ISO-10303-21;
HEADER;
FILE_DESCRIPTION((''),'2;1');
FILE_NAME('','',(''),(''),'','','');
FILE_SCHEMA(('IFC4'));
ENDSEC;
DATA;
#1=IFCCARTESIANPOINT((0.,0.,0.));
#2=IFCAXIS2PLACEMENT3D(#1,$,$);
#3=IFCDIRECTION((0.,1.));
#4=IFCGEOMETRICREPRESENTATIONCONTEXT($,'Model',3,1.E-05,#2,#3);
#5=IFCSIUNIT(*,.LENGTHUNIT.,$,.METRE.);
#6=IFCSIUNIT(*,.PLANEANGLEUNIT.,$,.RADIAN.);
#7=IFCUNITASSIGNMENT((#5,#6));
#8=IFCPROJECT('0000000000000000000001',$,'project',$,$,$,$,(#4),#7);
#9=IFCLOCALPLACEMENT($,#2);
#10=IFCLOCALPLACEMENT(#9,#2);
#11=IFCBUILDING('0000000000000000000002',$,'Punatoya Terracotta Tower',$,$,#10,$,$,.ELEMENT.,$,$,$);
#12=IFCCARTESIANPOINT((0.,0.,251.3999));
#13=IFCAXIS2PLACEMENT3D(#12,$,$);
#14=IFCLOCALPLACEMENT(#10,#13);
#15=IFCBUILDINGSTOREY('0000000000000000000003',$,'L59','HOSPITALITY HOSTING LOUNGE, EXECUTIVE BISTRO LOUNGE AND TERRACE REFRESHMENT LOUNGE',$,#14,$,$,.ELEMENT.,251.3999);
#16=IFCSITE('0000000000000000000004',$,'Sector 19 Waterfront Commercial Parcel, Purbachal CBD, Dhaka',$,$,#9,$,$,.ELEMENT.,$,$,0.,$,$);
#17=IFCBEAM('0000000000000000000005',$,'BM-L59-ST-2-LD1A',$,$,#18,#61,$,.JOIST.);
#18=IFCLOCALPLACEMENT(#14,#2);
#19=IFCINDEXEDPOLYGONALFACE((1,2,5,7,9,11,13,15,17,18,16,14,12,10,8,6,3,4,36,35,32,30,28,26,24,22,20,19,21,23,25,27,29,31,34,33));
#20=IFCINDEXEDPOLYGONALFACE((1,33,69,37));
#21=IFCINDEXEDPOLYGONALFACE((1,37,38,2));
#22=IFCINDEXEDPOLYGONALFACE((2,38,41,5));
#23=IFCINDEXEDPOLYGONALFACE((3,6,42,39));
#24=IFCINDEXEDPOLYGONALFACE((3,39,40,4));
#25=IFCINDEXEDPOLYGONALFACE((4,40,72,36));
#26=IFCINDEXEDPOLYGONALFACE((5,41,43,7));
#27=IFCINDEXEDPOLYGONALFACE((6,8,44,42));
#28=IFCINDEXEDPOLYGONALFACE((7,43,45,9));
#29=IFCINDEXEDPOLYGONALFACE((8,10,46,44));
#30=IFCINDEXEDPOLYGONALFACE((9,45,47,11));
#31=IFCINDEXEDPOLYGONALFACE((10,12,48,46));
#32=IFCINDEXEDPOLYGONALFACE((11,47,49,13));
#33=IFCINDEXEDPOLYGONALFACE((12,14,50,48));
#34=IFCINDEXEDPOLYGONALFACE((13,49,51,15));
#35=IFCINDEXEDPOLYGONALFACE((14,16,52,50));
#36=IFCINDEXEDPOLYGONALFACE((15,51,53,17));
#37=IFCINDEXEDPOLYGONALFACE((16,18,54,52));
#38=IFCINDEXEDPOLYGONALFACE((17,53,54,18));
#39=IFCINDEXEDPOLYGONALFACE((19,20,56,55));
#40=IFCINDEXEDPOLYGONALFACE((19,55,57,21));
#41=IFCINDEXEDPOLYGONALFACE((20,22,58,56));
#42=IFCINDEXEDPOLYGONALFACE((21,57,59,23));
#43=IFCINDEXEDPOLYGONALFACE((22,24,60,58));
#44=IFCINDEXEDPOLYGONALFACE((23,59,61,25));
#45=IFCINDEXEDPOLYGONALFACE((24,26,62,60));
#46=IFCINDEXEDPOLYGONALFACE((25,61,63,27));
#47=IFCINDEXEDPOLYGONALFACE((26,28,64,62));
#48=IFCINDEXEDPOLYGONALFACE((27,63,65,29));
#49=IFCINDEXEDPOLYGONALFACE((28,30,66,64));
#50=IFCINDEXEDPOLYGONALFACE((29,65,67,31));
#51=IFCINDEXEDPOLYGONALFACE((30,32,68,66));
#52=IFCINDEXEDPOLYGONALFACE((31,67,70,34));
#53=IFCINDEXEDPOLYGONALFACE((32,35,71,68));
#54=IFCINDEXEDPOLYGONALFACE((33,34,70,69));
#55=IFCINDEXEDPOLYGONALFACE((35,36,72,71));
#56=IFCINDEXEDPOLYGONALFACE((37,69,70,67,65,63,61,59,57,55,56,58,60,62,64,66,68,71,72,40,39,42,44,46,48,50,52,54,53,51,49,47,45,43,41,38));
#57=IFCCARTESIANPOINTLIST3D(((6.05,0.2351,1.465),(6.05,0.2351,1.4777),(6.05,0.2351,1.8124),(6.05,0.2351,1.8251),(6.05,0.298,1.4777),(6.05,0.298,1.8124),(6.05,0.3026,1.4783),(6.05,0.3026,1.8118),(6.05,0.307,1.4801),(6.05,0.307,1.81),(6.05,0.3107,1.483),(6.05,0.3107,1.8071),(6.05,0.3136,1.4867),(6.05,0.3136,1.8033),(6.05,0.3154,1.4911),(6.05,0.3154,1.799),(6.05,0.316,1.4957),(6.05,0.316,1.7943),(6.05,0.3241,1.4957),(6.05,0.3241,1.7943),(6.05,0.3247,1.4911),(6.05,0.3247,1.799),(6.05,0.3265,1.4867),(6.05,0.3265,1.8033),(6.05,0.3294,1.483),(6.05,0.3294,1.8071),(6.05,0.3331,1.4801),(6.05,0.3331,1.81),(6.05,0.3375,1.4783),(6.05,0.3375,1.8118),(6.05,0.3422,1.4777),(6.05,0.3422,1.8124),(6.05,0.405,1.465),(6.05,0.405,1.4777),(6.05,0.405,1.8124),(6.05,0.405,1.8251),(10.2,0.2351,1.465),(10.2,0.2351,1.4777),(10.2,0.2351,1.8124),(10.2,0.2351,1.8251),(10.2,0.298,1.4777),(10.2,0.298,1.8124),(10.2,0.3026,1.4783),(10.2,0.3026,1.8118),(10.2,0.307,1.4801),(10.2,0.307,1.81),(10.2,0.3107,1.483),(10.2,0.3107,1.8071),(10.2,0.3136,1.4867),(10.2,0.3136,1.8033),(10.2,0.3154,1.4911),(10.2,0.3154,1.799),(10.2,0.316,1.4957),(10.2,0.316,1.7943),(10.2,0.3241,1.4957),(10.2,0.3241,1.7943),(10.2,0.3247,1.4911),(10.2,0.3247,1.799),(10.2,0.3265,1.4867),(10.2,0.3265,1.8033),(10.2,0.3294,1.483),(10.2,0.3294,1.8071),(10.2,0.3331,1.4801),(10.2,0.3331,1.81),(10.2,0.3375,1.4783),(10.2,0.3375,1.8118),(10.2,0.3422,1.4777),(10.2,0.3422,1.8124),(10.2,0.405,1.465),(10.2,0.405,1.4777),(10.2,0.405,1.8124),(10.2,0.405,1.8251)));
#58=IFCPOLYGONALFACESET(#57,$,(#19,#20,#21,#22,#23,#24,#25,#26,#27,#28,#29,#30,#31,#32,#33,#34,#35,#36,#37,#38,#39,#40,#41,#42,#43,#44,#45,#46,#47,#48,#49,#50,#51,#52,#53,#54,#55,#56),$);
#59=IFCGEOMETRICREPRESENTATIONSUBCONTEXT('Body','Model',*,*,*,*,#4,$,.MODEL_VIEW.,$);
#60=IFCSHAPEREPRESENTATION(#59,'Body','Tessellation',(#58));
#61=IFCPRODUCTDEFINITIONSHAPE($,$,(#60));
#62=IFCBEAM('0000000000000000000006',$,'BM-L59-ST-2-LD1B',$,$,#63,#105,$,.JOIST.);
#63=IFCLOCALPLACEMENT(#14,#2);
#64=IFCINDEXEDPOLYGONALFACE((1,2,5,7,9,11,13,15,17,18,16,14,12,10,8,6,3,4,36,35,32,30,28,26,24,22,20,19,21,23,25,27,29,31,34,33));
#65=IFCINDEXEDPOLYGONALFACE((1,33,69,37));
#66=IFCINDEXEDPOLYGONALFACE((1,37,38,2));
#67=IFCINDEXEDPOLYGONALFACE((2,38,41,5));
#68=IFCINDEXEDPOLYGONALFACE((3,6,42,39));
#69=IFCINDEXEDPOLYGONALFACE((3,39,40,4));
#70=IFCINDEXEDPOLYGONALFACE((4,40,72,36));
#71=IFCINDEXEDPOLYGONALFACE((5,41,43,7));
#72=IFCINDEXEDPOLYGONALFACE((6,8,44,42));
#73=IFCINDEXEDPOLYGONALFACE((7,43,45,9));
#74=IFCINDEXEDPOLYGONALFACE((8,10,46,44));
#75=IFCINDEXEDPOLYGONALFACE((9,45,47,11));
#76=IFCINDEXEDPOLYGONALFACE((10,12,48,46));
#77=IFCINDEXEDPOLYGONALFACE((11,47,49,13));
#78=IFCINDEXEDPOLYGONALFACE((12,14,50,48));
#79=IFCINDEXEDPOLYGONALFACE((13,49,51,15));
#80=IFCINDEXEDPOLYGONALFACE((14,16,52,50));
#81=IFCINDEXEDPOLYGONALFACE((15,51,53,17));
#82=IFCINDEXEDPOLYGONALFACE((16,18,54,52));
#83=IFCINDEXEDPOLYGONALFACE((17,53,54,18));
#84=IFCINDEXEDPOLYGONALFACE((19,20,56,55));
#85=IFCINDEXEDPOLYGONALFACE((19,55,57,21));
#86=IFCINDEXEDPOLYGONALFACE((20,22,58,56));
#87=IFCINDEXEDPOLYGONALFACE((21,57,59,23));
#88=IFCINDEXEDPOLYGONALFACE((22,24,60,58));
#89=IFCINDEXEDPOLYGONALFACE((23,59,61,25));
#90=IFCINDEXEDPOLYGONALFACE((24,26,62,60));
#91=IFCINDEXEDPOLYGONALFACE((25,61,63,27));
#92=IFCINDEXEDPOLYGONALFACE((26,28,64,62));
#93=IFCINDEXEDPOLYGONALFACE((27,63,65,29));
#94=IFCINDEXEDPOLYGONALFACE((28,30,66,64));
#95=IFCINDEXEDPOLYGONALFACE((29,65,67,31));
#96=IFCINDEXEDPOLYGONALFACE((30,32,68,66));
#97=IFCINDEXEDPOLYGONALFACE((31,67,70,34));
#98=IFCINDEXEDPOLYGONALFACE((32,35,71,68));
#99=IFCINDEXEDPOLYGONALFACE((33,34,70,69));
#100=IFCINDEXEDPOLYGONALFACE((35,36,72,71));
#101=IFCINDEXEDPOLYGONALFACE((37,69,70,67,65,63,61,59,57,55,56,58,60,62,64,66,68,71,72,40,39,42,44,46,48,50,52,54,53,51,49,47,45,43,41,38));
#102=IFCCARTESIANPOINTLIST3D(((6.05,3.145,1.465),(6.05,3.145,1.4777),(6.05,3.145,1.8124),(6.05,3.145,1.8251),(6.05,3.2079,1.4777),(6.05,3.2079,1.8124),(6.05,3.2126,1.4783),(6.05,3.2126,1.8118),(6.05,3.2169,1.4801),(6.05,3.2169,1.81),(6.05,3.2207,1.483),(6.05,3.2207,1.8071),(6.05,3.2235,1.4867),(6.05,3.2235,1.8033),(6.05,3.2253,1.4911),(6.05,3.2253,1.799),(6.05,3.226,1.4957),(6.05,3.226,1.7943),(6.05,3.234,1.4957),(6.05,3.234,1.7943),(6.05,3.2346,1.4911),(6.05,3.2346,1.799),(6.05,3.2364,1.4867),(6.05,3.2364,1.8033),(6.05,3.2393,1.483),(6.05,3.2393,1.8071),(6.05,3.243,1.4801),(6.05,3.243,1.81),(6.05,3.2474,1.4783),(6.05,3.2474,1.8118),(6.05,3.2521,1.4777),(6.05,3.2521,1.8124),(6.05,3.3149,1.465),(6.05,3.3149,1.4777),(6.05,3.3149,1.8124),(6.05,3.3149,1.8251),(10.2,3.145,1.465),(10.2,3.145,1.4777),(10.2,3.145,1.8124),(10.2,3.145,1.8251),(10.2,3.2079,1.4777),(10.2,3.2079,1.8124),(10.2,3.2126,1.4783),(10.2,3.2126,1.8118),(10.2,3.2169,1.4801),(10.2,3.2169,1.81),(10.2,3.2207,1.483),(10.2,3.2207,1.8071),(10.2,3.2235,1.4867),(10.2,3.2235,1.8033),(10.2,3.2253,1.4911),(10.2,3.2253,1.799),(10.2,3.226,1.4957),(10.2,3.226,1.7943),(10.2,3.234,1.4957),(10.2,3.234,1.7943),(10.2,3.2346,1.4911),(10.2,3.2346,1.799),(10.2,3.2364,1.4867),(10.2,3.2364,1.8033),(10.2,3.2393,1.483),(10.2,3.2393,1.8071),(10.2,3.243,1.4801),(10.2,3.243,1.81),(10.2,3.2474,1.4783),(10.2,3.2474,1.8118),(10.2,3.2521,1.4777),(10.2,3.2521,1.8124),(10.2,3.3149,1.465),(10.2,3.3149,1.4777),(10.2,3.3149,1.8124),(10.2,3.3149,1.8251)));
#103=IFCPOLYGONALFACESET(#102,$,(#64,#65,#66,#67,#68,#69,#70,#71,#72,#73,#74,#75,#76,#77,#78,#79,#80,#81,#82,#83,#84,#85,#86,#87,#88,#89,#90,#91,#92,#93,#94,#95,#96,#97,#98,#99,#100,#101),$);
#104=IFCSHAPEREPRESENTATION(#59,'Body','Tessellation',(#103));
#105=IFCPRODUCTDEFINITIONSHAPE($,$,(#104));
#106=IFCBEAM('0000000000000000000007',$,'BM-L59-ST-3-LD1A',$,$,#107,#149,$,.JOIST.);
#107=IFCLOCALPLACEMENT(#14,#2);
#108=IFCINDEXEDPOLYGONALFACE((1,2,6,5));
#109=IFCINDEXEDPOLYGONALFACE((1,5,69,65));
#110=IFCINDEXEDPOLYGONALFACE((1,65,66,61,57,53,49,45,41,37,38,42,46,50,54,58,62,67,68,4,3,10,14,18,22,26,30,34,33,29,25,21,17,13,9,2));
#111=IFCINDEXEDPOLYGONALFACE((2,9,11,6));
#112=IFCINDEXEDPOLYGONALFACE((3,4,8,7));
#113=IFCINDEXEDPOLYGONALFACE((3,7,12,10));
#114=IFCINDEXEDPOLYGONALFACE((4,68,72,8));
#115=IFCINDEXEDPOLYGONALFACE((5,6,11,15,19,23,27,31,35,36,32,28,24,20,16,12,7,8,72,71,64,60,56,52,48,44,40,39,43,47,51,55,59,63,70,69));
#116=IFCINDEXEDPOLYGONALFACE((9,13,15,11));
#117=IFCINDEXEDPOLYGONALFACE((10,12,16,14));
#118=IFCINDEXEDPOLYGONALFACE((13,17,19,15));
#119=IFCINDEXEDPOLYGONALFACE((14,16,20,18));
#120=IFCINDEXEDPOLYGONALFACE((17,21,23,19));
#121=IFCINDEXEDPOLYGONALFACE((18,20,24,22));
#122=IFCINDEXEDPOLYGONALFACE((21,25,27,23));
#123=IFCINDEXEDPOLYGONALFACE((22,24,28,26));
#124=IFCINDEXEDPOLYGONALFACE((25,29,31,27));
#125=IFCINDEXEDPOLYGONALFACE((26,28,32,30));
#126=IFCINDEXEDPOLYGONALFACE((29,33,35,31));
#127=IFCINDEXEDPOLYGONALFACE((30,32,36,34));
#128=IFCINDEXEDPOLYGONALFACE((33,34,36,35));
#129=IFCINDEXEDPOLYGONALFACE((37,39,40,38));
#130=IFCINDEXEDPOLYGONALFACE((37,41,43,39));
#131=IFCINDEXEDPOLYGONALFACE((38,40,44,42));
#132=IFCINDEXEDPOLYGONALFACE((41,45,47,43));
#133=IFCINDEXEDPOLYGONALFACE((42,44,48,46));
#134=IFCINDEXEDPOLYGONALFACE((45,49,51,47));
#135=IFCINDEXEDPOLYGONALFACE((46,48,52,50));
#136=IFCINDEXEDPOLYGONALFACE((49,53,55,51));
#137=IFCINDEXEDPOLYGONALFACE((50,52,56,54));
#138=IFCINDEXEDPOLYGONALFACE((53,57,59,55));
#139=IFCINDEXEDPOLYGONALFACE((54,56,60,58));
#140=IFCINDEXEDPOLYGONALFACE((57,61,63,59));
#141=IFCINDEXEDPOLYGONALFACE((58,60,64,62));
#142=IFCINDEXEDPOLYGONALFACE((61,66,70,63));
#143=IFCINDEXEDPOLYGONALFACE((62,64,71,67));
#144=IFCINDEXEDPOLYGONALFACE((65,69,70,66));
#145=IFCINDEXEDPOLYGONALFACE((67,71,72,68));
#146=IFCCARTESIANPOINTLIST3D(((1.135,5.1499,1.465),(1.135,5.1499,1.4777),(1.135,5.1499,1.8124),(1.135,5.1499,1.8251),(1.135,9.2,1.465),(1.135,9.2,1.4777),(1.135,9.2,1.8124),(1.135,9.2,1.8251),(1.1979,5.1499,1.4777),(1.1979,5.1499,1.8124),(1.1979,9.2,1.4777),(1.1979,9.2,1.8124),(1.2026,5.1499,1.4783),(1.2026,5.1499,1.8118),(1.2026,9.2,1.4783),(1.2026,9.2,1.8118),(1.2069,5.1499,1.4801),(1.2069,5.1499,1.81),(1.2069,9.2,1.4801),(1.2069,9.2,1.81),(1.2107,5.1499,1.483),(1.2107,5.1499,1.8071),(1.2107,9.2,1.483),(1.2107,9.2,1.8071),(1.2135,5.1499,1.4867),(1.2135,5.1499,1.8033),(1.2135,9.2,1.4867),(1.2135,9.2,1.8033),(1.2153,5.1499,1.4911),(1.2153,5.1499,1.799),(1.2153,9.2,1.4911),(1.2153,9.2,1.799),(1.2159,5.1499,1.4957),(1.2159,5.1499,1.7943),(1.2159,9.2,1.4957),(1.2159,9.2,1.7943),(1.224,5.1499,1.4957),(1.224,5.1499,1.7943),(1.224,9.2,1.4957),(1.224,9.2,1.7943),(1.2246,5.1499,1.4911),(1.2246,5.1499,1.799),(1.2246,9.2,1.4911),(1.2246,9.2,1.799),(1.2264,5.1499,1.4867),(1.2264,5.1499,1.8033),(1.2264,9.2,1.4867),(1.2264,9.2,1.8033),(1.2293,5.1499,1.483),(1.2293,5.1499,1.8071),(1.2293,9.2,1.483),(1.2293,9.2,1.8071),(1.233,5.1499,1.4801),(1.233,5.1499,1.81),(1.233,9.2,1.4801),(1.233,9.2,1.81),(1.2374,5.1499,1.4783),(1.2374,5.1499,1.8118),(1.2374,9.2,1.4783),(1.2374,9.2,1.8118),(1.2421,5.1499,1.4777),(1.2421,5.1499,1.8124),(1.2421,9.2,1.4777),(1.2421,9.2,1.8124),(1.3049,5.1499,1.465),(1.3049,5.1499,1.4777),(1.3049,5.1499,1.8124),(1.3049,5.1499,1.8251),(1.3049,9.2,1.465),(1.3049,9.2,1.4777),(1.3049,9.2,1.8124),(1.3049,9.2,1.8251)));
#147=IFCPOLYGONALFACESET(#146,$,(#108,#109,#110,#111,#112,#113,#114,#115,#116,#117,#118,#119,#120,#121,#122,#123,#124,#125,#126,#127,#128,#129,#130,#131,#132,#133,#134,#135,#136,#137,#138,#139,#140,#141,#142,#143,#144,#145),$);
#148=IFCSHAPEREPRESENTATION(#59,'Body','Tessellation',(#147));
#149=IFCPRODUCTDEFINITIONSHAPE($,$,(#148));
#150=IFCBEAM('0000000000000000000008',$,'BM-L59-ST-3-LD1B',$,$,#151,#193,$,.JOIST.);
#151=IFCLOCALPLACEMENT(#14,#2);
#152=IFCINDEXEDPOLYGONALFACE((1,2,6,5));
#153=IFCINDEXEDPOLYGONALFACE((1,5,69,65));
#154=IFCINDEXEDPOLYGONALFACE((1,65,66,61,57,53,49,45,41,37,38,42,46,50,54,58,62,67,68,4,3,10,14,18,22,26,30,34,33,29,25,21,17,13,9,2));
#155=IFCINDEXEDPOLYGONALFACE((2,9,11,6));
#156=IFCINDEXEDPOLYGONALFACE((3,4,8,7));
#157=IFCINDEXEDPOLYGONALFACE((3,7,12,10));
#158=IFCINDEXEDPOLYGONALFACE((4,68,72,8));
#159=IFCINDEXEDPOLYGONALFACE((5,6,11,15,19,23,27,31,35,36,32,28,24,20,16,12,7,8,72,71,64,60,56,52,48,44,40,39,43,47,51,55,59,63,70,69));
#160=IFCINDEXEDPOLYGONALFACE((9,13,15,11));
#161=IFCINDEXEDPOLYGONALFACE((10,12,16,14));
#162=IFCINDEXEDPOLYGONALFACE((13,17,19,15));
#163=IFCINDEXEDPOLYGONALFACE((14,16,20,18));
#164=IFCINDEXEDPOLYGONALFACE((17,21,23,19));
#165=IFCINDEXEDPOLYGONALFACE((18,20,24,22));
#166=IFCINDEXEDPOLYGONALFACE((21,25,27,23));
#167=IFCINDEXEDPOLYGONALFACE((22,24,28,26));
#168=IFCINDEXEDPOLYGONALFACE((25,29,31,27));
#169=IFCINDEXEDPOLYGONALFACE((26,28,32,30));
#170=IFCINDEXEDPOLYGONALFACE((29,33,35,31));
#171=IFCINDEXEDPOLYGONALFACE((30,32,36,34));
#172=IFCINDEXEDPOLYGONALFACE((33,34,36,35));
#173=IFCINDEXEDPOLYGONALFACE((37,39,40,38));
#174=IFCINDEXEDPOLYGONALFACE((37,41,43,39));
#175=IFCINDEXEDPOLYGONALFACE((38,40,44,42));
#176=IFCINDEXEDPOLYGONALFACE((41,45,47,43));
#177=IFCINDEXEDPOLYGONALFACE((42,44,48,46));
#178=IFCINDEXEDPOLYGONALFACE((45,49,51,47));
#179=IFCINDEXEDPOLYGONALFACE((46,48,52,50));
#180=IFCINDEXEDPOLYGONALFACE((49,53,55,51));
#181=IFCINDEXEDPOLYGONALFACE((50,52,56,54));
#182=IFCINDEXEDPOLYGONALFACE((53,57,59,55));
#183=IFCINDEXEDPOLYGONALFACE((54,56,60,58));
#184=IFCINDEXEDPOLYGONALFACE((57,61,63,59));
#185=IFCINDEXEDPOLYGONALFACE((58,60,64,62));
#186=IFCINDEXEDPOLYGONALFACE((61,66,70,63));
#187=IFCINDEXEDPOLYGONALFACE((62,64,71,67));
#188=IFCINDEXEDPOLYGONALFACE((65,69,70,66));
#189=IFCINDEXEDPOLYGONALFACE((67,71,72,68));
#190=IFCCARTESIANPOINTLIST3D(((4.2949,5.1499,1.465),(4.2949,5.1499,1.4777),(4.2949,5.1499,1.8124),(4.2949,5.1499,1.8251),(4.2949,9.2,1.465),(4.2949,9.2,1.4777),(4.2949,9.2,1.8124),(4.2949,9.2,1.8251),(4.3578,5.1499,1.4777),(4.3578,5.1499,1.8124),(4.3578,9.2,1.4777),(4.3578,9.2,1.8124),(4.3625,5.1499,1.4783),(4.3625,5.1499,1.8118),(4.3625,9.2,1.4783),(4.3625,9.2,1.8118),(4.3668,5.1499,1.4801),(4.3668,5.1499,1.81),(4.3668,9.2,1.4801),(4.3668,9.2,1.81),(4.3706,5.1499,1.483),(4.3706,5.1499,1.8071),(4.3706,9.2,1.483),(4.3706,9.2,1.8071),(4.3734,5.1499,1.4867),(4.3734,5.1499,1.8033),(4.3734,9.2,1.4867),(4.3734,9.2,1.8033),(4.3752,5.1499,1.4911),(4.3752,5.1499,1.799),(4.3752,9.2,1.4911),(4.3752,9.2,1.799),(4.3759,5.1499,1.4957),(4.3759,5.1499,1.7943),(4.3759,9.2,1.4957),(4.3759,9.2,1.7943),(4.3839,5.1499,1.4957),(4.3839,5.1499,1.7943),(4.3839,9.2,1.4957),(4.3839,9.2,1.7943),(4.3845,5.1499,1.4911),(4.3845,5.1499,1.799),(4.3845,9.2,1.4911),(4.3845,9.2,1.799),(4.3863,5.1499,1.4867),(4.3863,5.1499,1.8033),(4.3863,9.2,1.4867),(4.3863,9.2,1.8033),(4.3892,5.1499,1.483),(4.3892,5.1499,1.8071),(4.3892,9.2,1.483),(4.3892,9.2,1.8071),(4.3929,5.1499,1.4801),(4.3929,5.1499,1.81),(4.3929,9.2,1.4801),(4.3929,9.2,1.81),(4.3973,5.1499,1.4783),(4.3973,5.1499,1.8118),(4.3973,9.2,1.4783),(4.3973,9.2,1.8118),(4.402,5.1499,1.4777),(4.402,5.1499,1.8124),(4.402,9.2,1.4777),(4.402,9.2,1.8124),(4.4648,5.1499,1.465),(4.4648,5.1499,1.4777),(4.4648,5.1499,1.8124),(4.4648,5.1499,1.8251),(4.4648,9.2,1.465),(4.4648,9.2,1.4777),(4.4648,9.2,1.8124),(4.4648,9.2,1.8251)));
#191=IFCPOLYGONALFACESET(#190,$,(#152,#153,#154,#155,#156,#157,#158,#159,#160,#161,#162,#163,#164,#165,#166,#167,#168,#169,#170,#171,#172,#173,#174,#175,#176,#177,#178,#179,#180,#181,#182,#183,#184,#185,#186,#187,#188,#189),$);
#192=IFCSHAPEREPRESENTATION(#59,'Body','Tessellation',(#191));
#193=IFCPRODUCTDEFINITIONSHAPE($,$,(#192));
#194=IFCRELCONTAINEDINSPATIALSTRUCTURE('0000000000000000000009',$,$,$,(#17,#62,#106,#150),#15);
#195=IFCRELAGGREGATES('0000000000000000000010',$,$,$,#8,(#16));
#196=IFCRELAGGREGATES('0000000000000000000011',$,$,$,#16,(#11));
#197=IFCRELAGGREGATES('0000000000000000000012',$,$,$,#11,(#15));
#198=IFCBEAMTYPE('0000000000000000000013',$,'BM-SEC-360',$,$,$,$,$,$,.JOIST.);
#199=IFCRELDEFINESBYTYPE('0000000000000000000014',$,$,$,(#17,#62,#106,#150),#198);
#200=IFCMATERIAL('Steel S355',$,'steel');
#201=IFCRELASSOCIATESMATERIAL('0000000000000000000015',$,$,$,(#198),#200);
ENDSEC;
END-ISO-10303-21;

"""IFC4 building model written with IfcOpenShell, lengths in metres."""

from ifc_helpers import new_model, si_unit, direction, frame, origin, origin_2d, place, context, subcontext, project, spatial, i_section, extrude, material, material_profile, profile_set, type_object, element, save


model = new_model("IFC4")

# Units and contexts
model_context = context("Model", 3, precision=1e-05, world=origin(), true_north=direction((0.0, 1.0)))
body_context = subcontext(model_context, "Body", "Model", "MODEL_VIEW")
ifc_project = project(units=[si_unit("LENGTHUNIT", "METRE"), si_unit("PLANEANGLEUNIT", "RADIAN")], contexts=[model_context])

# Site, building, storey
site_placement = place(None, origin())
site = spatial("IfcSite", under=ifc_project, at=site_placement, Name="Sector 19 Waterfront Commercial Parcel, Purbachal CBD, Dhaka", CompositionType="ELEMENT", RefElevation=0.0)
building_placement = place(site_placement, origin())
building = spatial("IfcBuilding", under=site, at=building_placement, Name="Punatoya Terracotta Tower", CompositionType="ELEMENT")
storey_placement = place(building_placement, frame((0.0, 0.0, 251.3999)))
storey = spatial("IfcBuildingStorey", under=building, at=storey_placement, Name="L59", Description="HOSPITALITY HOSTING LOUNGE, EXECUTIVE BISTRO LOUNGE AND TERRACE REFRESHMENT LOUNGE", CompositionType="ELEMENT", Elevation=251.3999)

# Beams
ifc_material_1 = material(Name="Steel S355", Category="steel")
ifc_material_profile_1 = material_profile(ifc_material_1, i_section(OverallWidth=0.1699, OverallDepth=0.3601, WebThickness=0.0081, FlangeThickness=0.0127, FilletRadius=0.0181, at=origin_2d()))
ifc_profile_set_1 = profile_set([ifc_material_profile_1], Name="Steel S355")
beam_type_1 = type_object("IfcBeamType", Name="BM-SEC-360", PredefinedType="JOIST", material=ifc_profile_set_1)
for number, where, z_axis, x_axis, name in (
    (1, (6.05, 0.3201, 1.645), (1.0, 0.0, 0.0), (0.0, 1.0, 0.0), "BM-L59-ST-2-LD1A"),
    (2, (6.05, 3.23, 1.645), (1.0, 0.0, 0.0), (0.0, 1.0, 0.0), "BM-L59-ST-2-LD1B"),
):
    element("IfcBeam", number, at=place(storey_placement, frame(where, z_axis=z_axis, x_axis=x_axis)), inside=storey, type_object=beam_type_1, Name=name, PredefinedType="JOIST", context=body_context, shape_type="SweptSolid", body=[
        extrude(i_section(OverallWidth=0.1699, OverallDepth=0.3601, WebThickness=0.0081, FlangeThickness=0.0127, FilletRadius=0.0181, at=origin_2d()), origin(), (0.0, 0.0, 1.0), 4.1499),
    ])
for number, where, z_axis, x_axis, name in (
    (3, (1.22, 5.1499, 1.645), (0.0, 1.0, 0.0), (-1.0, 0.0, 0.0), "BM-L59-ST-3-LD1A"),
    (4, (4.3799, 5.1499, 1.645), (0.0, 1.0, 0.0), (-1.0, 0.0, 0.0), "BM-L59-ST-3-LD1B"),
):
    element("IfcBeam", number, at=place(storey_placement, frame(where, z_axis=z_axis, x_axis=x_axis)), inside=storey, type_object=beam_type_1, Name=name, PredefinedType="JOIST", context=body_context, shape_type="SweptSolid", body=[
        extrude(i_section(OverallWidth=0.1699, OverallDepth=0.3601, WebThickness=0.0081, FlangeThickness=0.0127, FilletRadius=0.0181, at=origin_2d()), origin(), (0.0, 0.0, 1.0), 4.05),
    ])

save(model, "model.ifc")
